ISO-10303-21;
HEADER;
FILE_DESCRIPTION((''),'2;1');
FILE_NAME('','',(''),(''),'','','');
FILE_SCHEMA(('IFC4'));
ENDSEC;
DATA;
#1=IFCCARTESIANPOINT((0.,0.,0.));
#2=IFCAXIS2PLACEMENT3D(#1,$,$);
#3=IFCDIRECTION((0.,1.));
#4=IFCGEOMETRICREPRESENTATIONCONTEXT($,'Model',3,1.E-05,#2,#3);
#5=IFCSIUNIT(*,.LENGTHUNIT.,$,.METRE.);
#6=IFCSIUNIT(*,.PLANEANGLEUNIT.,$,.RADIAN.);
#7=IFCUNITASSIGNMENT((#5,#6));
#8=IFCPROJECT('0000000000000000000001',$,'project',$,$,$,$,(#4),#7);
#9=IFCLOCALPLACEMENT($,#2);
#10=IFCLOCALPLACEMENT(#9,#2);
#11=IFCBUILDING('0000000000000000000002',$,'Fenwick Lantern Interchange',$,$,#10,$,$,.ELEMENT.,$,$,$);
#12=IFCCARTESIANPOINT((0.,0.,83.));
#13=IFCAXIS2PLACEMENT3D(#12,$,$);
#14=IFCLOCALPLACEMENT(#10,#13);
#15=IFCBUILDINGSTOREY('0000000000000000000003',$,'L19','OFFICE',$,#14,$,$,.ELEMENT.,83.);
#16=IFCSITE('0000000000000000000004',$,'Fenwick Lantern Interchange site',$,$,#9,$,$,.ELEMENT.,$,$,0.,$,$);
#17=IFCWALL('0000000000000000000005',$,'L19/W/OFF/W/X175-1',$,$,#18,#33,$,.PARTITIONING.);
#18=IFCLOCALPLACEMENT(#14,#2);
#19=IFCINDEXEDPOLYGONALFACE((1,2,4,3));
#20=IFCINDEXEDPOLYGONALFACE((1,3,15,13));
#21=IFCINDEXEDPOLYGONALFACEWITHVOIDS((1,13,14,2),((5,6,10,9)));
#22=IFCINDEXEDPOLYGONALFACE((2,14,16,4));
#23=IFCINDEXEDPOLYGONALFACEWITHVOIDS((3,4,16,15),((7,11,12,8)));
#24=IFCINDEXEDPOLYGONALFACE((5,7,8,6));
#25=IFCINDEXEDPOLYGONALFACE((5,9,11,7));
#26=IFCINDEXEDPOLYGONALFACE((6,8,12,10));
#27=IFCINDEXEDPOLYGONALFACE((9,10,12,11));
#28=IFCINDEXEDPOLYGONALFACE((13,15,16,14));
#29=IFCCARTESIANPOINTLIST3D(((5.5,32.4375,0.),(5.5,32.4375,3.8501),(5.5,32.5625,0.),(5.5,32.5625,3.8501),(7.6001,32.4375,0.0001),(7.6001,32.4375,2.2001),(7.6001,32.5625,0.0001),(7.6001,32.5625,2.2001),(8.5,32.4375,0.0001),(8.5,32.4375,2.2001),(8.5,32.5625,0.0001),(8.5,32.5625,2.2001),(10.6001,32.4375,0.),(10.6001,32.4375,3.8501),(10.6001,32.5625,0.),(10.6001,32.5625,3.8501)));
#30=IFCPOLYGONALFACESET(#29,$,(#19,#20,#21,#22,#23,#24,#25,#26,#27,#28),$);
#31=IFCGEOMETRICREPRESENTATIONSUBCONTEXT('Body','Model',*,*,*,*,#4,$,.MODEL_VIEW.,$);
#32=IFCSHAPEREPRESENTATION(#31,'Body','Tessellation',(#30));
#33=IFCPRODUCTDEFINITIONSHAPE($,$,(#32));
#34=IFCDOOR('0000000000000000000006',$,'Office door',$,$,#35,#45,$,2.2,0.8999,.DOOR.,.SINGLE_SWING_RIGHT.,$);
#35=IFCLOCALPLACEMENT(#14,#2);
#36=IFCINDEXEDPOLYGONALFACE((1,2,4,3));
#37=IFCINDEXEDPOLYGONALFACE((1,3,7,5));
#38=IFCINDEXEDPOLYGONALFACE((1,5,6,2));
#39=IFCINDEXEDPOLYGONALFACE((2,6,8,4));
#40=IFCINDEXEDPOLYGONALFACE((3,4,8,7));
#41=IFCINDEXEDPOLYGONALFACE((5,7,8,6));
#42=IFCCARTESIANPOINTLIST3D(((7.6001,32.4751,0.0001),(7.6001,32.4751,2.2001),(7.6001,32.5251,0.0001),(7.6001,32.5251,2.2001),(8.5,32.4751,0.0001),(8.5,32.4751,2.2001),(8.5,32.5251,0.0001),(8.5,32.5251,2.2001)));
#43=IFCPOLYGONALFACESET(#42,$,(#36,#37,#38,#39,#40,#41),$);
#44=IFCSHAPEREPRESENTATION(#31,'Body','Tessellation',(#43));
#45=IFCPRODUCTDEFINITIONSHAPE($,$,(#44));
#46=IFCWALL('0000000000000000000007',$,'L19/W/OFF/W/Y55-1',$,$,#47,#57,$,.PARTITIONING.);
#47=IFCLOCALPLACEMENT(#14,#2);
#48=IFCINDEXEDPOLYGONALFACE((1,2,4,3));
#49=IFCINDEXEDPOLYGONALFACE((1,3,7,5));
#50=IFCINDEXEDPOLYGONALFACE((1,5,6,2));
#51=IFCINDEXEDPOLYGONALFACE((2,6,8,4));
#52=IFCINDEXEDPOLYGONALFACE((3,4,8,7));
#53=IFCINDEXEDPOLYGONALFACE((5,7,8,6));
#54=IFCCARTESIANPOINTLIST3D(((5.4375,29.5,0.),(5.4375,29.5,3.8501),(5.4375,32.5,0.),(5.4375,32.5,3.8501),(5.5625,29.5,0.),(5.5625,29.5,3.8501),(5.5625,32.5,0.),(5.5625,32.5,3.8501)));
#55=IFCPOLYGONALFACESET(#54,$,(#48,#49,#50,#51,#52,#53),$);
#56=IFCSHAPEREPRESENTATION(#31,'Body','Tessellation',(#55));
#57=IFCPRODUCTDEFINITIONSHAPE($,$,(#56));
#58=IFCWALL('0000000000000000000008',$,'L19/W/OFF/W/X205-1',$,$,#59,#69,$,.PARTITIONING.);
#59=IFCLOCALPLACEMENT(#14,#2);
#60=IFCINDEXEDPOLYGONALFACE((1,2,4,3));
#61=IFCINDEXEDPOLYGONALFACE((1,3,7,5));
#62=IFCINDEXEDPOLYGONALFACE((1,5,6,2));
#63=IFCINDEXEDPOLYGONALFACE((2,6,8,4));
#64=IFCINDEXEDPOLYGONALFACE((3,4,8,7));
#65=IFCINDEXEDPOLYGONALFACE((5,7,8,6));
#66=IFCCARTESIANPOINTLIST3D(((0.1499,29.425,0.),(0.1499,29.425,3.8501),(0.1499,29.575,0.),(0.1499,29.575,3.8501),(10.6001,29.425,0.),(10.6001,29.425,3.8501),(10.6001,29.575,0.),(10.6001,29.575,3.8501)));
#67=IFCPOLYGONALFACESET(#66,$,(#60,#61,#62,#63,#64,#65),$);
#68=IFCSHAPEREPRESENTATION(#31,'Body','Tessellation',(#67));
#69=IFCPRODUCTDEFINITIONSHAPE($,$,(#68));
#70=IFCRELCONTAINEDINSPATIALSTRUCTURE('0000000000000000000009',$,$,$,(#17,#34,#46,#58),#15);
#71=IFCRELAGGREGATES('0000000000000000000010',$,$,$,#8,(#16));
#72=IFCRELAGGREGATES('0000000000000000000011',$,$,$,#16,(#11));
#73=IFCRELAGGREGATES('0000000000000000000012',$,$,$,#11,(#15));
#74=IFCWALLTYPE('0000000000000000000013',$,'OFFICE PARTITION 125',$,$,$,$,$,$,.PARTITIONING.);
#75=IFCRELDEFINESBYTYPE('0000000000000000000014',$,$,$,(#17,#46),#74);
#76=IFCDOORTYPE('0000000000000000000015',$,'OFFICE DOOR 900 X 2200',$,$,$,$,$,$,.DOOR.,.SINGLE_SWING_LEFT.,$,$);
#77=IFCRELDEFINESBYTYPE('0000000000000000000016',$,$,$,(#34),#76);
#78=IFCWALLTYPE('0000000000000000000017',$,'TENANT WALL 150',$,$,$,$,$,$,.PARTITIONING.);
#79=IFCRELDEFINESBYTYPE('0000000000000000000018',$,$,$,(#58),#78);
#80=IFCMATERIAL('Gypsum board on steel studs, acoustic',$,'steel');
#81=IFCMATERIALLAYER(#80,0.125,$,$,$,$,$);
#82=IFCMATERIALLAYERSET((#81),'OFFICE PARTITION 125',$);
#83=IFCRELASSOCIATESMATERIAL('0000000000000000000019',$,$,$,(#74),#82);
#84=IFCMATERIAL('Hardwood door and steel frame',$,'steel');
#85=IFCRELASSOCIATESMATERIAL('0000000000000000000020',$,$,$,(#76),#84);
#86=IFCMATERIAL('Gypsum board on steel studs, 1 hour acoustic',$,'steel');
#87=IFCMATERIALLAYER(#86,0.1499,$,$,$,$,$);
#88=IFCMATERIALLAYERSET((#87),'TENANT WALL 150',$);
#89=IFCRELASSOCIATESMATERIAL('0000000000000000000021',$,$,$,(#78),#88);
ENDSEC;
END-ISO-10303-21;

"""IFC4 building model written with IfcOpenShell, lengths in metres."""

from ifc_helpers import new_model, si_unit, direction, frame, frame_2d, origin, place, context, subcontext, project, spatial, rectangle, extrude, material, layer, layer_set, type_object, element, fill, save


model = new_model("IFC4")

# Units and contexts
model_context = context("Model", 3, precision=1e-05, world=origin(), true_north=direction((0.0, 1.0)))
body_context = subcontext(model_context, "Body", "Model", "MODEL_VIEW")
ifc_project = project(units=[si_unit("LENGTHUNIT", "METRE"), si_unit("PLANEANGLEUNIT", "RADIAN")], contexts=[model_context])

# Site, building, storey
site_placement = place(None, origin())
site = spatial("IfcSite", under=ifc_project, at=site_placement, Name="Fenwick Lantern Interchange site", CompositionType="ELEMENT", RefElevation=0.0)
building_placement = place(site_placement, origin())
building = spatial("IfcBuilding", under=site, at=building_placement, Name="Fenwick Lantern Interchange", CompositionType="ELEMENT")
storey_placement = place(building_placement, frame((0.0, 0.0, 83.0)))
storey = spatial("IfcBuildingStorey", under=building, at=storey_placement, Name="L19", Description="OFFICE", CompositionType="ELEMENT", Elevation=83.0)

# Shared definitions
ifc_material_1 = material(Name="Hardwood door and steel frame", Category="steel")

# Wall, opening, door
ifc_material_2 = material(Name="Gypsum board on steel studs, acoustic", Category="steel")
ifc_layer_1 = layer(ifc_material_2, 0.125)
ifc_layer_set_1 = layer_set([ifc_layer_1], Name="OFFICE PARTITION 125")
wall_type_1 = type_object("IfcWallType", Name="OFFICE PARTITION 125", PredefinedType="PARTITIONING", material=ifc_layer_set_1)
wall_1_placement = place(storey_placement, frame((5.5, 32.5, 0.0), z_axis=(0.0, 0.0, 1.0), x_axis=(1.0, 0.0, 0.0)))
wall_1 = element("IfcWall", 1, at=wall_1_placement, inside=storey, type_object=wall_type_1, Name="L19/W/OFF/W/X175-1", PredefinedType="PARTITIONING", context=body_context, shape_type="SweptSolid", body=[
    extrude(rectangle(XDim=5.1001, YDim=0.125, at=frame_2d((2.55, 0.0))), origin(), (0.0, 0.0, 1.0), 3.8501),
])
opening_1_placement = place(wall_1_placement, frame((2.1001, 0.0, 0.0)))
opening_1 = element("IfcOpeningElement", 2, at=opening_1_placement, cuts=wall_1, PredefinedType="OPENING", context=body_context, shape_type="SweptSolid", body=[
    extrude(rectangle(XDim=0.8999, YDim=2.2, at=frame_2d((0.45, 1.1001))), frame((0.0, 0.0725, 0.0), z_axis=(0.0, -1.0, 0.0), x_axis=(1.0, 0.0, 0.0)), (0.0, 0.0, 1.0), 0.145),
])
door_type_1 = type_object("IfcDoorType", Name="OFFICE DOOR 900 X 2200", OperationType="SINGLE_SWING_LEFT", PredefinedType="DOOR", material=ifc_material_1)
door_1_placement = place(opening_1_placement, frame((0.8999, 0.0, 0.0), z_axis=(0.0, 0.0, 1.0), x_axis=(-1.0, 0.0, 0.0)))
door_1 = element("IfcDoor", 3, at=door_1_placement, inside=storey, type_object=door_type_1, Name="Office door", OperationType="SINGLE_SWING_RIGHT", OverallHeight=2.2, OverallWidth=0.8999, PredefinedType="DOOR", context=body_context, shape_type="SweptSolid", body=[
    extrude(rectangle(XDim=0.8999, YDim=2.2, at=frame_2d((0.45, 1.1001))), frame((0.0, 0.0249, 0.0), z_axis=(0.0, -1.0, 0.0), x_axis=(1.0, 0.0, 0.0)), (0.0, 0.0, 1.0), 0.05),
])
fill(opening_1, door_1)

# Walls
wall_2_placement = place(storey_placement, frame((5.5, 32.5, 0.0), z_axis=(0.0, 0.0, 1.0), x_axis=(0.0, -1.0, 0.0)))
element("IfcWall", 4, at=wall_2_placement, inside=storey, type_object=wall_type_1, Name="L19/W/OFF/W/Y55-1", PredefinedType="PARTITIONING", context=body_context, shape_type="SweptSolid", body=[
    extrude(rectangle(XDim=3.0, YDim=0.125, at=frame_2d((1.5, 0.0))), origin(), (0.0, 0.0, 1.0), 3.8501),
])
ifc_material_3 = material(Name="Gypsum board on steel studs, 1 hour acoustic", Category="steel")
ifc_layer_2 = layer(ifc_material_3, 0.1499)
ifc_layer_set_2 = layer_set([ifc_layer_2], Name="TENANT WALL 150")
wall_type_2 = type_object("IfcWallType", Name="TENANT WALL 150", PredefinedType="PARTITIONING", material=ifc_layer_set_2)
wall_3_placement = place(storey_placement, frame((0.1499, 29.5, 0.0), z_axis=(0.0, 0.0, 1.0), x_axis=(1.0, 0.0, 0.0)))
element("IfcWall", 5, at=wall_3_placement, inside=storey, type_object=wall_type_2, Name="L19/W/OFF/W/X205-1", PredefinedType="PARTITIONING", context=body_context, shape_type="SweptSolid", body=[
    extrude(rectangle(XDim=10.4502, YDim=0.1499, at=frame_2d((5.2251, 0.0))), origin(), (0.0, 0.0, 1.0), 3.8501),
])

save(model, "model.ifc")
